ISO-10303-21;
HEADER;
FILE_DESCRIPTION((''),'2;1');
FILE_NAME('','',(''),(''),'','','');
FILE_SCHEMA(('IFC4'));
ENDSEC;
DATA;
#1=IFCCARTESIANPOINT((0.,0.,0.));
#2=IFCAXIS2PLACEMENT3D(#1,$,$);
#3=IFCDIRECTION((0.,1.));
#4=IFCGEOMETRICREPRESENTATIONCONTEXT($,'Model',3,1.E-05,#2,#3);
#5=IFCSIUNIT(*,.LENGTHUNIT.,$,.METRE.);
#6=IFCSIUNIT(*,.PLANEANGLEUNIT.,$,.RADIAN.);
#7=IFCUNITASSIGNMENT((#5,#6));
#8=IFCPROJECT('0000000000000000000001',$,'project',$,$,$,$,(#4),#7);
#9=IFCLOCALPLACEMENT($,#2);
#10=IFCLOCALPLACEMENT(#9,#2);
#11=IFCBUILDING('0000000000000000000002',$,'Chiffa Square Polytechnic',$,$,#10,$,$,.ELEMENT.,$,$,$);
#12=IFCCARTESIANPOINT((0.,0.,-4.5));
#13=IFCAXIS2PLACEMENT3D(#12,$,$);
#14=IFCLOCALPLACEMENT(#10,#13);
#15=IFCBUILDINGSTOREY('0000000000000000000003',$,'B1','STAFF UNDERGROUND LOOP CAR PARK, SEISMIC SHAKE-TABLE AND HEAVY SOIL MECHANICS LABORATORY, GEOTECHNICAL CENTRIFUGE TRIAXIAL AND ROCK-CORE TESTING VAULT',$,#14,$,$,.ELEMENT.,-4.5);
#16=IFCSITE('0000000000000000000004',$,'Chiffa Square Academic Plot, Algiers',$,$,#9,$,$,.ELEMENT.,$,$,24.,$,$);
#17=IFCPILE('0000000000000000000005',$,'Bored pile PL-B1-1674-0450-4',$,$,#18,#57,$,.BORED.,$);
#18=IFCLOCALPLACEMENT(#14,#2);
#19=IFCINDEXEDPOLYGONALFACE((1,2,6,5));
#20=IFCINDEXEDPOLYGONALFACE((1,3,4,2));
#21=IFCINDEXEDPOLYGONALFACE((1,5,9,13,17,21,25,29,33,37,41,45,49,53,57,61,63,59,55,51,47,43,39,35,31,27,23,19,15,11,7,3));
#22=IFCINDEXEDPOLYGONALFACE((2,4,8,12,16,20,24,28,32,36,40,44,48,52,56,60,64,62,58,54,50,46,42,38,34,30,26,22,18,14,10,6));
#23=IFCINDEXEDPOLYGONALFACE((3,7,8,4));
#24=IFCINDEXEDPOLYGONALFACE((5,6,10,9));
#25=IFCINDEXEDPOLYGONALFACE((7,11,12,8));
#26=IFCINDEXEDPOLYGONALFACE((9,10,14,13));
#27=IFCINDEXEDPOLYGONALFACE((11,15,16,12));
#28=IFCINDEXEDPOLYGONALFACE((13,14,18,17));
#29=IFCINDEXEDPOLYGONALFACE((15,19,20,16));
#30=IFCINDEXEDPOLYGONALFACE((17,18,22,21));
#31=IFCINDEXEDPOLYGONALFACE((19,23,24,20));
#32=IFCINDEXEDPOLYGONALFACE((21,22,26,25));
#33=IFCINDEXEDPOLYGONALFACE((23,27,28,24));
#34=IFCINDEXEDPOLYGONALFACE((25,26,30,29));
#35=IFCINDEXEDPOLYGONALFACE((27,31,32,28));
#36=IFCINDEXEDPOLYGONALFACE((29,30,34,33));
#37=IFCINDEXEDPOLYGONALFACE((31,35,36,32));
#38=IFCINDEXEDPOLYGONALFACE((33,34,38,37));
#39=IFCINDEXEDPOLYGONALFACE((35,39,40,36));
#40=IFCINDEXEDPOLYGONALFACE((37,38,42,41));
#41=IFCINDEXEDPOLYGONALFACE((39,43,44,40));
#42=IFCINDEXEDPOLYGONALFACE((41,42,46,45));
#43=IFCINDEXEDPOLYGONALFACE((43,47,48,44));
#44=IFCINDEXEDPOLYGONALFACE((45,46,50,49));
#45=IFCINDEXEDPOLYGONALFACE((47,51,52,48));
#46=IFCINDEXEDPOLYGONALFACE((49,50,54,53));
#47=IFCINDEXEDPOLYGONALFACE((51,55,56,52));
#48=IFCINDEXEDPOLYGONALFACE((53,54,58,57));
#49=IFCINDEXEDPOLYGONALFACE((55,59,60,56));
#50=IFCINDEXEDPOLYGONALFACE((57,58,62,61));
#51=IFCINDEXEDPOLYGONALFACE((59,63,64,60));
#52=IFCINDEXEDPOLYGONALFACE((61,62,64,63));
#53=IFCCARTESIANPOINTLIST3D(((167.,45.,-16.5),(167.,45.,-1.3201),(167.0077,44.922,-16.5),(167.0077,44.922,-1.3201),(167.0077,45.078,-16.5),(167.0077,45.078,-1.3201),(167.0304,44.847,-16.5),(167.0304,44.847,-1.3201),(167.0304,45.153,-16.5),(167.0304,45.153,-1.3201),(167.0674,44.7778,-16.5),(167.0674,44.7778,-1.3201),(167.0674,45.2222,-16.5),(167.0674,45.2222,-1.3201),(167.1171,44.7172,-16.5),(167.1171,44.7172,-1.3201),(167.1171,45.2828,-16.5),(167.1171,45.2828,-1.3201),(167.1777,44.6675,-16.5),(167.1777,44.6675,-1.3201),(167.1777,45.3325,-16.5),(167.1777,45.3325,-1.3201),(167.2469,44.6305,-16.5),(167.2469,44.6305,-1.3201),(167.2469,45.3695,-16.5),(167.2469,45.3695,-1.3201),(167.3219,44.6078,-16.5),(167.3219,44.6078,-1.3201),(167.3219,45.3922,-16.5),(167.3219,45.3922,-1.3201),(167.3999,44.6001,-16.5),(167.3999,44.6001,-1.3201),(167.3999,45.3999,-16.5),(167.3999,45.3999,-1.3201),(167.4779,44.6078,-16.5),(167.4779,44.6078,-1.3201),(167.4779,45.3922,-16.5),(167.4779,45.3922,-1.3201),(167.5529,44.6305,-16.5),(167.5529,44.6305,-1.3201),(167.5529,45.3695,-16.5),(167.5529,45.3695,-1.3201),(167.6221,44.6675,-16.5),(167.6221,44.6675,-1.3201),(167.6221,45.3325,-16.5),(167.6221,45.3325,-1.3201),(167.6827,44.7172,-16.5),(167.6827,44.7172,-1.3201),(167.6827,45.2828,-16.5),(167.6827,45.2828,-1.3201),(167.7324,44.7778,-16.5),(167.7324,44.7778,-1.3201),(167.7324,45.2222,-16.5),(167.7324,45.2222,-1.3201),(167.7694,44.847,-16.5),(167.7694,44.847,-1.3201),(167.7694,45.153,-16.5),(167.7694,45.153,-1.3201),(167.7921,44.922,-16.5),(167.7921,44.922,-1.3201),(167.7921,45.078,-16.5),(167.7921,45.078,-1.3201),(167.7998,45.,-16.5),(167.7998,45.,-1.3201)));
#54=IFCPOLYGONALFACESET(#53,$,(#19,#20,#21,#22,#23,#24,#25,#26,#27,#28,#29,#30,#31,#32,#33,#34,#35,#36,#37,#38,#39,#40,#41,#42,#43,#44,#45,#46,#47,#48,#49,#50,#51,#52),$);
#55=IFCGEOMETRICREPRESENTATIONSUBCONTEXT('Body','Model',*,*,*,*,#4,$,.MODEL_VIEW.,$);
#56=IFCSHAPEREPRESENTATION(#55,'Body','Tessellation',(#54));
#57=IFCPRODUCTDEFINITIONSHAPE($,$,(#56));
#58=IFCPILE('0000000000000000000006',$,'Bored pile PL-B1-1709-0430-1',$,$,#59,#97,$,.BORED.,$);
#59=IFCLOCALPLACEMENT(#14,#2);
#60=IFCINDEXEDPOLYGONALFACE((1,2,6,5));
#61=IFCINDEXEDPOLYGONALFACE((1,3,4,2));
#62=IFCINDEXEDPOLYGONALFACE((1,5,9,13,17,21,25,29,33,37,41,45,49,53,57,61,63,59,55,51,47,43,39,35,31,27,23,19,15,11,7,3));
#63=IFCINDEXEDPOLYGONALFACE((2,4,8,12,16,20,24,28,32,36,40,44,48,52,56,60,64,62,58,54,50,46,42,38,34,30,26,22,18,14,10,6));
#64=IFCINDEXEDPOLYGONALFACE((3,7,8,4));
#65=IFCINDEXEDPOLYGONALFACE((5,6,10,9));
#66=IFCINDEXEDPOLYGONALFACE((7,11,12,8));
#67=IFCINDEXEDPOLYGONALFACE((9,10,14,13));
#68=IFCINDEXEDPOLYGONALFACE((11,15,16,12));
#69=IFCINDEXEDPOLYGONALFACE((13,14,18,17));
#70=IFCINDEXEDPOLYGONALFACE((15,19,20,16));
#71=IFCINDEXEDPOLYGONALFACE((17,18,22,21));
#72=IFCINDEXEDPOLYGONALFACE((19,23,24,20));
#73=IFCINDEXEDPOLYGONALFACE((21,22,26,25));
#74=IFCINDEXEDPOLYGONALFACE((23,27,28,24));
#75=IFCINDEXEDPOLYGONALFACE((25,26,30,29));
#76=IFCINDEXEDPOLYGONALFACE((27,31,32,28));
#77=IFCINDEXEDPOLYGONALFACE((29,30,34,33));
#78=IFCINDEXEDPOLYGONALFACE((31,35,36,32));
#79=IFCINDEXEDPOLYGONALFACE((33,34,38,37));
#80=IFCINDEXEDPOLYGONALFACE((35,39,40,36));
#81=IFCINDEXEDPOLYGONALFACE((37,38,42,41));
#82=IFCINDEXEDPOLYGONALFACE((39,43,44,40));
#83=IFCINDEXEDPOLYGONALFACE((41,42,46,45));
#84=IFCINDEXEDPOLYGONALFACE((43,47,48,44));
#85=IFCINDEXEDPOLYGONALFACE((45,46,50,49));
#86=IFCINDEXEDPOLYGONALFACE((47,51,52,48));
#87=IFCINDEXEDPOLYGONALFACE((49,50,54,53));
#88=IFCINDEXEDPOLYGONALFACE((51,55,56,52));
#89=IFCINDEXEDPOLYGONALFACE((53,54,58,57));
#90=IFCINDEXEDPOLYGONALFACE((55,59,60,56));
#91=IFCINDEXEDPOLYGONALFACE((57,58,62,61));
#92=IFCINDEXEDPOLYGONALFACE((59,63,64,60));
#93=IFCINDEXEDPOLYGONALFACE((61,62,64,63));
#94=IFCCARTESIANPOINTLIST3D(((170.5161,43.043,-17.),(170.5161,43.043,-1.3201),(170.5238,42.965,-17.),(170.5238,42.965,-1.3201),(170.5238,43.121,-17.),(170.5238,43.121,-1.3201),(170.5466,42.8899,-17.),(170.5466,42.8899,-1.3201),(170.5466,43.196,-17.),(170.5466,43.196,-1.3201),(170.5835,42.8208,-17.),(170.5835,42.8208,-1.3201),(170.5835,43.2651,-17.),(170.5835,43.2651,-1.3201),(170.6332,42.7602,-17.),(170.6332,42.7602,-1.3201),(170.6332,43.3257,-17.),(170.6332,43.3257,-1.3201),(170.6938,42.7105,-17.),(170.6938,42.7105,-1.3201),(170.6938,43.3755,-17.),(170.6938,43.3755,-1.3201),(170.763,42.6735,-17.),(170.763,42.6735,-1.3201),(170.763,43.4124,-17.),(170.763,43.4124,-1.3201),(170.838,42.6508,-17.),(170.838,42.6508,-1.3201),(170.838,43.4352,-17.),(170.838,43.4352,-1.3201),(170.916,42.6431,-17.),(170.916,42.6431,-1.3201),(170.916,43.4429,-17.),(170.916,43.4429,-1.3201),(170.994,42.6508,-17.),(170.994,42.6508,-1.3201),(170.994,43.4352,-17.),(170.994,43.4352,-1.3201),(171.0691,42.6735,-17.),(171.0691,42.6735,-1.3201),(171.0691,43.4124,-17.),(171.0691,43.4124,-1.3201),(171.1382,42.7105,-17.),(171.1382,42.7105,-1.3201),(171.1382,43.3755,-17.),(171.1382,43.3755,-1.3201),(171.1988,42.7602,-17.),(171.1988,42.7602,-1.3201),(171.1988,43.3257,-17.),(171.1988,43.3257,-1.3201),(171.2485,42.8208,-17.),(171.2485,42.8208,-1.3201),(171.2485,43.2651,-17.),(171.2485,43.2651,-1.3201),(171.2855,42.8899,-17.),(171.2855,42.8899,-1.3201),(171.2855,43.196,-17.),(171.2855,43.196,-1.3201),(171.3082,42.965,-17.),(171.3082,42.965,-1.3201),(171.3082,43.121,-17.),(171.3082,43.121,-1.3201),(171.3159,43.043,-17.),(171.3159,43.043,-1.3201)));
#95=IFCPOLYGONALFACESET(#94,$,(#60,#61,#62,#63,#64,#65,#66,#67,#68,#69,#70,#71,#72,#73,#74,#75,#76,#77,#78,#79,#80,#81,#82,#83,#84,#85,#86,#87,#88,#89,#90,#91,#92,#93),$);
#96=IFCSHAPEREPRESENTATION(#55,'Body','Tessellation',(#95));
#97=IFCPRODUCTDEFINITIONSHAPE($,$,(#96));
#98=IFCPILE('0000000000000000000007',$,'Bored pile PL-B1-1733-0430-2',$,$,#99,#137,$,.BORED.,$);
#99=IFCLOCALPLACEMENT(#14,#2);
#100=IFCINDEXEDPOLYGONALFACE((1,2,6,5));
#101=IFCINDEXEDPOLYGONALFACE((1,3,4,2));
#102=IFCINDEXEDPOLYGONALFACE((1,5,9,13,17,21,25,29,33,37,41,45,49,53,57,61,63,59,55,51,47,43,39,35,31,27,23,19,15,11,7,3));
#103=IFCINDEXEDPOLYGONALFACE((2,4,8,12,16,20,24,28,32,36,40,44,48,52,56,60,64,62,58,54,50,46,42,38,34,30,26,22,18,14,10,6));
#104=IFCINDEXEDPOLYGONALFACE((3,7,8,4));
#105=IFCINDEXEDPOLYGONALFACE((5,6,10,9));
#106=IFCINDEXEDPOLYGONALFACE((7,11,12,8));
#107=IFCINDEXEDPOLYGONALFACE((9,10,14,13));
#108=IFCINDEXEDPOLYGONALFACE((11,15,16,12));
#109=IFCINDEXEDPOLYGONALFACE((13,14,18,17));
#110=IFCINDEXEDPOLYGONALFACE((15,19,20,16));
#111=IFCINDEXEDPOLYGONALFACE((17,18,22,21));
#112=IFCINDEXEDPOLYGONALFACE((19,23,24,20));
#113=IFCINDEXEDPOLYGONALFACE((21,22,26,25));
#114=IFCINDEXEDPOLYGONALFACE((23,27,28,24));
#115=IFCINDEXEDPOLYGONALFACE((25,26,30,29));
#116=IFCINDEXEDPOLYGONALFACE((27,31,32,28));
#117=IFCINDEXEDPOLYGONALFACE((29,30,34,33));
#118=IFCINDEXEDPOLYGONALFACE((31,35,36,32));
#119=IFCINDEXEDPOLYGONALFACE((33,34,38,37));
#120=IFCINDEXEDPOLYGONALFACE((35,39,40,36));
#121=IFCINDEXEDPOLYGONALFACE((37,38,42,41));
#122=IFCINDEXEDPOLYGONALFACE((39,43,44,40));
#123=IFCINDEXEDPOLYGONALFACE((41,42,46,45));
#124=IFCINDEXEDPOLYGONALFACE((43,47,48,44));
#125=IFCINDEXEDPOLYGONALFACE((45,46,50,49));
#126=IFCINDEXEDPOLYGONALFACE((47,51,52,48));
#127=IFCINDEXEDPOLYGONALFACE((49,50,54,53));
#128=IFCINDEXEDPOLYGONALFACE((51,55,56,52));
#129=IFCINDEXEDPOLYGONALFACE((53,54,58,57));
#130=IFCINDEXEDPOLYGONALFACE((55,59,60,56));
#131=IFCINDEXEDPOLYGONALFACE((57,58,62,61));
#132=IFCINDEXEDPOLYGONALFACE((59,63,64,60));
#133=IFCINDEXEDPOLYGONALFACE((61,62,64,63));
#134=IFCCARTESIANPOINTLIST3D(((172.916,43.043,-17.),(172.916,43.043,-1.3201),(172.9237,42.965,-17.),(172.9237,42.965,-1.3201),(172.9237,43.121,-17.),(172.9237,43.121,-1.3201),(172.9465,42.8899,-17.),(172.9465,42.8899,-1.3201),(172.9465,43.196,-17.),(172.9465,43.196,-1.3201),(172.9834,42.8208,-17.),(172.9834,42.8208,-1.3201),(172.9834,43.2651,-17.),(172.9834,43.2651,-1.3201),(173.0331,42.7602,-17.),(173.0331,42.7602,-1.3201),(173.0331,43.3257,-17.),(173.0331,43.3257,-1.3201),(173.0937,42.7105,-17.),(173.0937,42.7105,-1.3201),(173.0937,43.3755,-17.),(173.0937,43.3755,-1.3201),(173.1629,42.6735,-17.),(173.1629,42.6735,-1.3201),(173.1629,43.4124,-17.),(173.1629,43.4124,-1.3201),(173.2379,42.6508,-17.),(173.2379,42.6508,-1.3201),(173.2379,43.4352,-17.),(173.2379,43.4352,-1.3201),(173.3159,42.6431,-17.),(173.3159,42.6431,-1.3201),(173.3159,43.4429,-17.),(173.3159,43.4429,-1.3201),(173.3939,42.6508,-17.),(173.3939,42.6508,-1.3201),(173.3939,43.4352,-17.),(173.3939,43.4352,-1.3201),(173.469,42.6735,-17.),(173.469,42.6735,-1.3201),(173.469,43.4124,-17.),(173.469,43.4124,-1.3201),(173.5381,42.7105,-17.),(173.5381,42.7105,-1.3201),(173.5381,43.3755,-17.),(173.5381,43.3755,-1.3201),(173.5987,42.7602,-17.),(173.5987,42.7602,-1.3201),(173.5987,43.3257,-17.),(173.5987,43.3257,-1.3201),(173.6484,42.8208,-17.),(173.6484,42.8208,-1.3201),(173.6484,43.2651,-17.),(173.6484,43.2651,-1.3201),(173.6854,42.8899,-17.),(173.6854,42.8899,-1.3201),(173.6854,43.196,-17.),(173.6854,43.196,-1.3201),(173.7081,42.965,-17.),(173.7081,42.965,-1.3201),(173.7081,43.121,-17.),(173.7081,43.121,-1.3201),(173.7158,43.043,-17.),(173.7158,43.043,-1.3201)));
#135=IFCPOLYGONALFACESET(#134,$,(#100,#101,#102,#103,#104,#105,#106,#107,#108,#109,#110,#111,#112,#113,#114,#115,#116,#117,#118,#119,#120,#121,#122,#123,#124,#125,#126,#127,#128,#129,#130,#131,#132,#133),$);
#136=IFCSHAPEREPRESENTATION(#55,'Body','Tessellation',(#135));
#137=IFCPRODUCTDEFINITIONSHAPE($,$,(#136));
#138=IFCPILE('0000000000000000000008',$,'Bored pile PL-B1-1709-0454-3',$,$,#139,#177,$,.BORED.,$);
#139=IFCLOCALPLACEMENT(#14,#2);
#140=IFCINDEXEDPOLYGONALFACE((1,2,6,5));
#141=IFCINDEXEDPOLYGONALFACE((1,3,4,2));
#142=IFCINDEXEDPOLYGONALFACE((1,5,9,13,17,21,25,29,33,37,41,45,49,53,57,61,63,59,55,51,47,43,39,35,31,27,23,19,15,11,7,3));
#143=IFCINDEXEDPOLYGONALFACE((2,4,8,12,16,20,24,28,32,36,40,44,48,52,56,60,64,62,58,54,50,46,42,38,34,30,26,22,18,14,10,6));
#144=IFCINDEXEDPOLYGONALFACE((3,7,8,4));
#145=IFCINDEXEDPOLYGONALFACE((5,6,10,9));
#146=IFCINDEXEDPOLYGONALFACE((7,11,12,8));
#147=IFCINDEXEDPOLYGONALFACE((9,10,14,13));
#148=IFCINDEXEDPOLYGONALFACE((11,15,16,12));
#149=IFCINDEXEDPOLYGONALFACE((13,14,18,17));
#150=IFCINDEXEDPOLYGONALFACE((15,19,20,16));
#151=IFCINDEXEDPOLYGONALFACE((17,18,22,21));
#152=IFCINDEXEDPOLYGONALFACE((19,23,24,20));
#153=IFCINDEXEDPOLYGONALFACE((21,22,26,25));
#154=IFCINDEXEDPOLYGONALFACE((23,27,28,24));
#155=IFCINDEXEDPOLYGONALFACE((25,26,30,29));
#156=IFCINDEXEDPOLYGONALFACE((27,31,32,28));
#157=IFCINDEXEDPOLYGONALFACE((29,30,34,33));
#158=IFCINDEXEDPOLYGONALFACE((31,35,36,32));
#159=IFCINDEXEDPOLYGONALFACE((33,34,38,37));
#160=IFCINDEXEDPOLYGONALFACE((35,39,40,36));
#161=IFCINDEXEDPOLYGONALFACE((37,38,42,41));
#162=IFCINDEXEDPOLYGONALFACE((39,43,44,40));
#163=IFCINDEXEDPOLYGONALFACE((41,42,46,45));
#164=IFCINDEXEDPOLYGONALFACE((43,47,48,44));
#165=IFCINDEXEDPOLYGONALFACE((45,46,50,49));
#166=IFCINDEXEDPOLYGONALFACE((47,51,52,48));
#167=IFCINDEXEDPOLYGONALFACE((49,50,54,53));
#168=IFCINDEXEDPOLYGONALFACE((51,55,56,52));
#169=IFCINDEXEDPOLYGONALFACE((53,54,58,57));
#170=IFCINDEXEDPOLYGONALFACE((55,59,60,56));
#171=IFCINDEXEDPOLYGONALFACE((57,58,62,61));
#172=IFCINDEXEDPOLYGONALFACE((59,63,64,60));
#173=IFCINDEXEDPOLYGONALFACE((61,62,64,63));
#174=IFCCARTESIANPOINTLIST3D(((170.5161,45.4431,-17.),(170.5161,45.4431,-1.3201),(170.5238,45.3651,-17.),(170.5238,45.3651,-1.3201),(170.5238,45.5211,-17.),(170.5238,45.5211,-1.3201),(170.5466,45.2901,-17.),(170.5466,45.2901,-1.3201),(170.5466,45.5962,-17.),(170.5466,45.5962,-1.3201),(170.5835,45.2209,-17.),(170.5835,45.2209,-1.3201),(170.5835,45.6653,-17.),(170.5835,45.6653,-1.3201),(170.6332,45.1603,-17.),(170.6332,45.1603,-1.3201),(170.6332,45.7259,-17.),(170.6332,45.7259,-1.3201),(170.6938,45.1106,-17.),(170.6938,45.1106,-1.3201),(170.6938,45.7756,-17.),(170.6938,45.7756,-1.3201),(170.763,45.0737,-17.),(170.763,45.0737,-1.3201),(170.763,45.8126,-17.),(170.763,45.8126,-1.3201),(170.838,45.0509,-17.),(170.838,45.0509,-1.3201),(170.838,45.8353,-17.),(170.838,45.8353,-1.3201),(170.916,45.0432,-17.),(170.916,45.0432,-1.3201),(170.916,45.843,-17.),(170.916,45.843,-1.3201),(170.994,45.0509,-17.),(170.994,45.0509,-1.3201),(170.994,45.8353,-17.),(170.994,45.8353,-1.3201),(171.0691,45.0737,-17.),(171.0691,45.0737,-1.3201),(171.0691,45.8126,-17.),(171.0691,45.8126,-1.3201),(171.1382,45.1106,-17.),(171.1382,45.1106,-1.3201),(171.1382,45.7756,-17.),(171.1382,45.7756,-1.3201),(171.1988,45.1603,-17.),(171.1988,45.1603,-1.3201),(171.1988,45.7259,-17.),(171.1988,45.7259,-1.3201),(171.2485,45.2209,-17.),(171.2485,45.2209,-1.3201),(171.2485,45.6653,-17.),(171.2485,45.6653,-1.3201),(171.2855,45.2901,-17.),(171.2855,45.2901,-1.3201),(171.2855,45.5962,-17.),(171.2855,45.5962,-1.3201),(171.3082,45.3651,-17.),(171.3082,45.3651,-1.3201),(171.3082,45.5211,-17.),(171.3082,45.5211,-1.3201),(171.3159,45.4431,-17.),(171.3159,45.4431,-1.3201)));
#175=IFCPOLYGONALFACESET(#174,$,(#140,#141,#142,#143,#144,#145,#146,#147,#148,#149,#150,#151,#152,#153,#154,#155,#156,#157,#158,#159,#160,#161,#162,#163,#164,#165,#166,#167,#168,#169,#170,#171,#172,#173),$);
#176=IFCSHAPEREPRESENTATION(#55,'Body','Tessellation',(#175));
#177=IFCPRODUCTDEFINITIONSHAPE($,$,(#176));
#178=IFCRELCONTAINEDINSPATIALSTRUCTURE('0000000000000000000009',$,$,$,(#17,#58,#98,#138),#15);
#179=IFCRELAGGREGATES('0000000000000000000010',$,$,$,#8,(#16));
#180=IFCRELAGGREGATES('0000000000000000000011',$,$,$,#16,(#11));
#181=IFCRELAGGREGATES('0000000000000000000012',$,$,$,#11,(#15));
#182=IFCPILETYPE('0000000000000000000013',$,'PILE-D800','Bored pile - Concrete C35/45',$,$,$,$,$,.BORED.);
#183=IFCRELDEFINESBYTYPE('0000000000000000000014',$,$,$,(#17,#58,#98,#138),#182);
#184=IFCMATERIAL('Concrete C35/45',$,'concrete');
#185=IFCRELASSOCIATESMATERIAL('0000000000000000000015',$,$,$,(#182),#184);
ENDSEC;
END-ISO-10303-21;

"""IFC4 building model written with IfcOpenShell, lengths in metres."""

from ifc_helpers import new_model, si_unit, direction, frame, origin, origin_2d, place, context, subcontext, project, spatial, circle, extrude, material, material_profile, profile_set, type_object, element, save


model = new_model("IFC4")

# Units and contexts
model_context = context("Model", 3, precision=1e-05, world=origin(), true_north=direction((0.0, 1.0)))
body_context = subcontext(model_context, "Body", "Model", "MODEL_VIEW")
ifc_project = project(units=[si_unit("LENGTHUNIT", "METRE"), si_unit("PLANEANGLEUNIT", "RADIAN")], contexts=[model_context])

# Site, building, storey
site_placement = place(None, origin())
site = spatial("IfcSite", under=ifc_project, at=site_placement, Name="Chiffa Square Academic Plot, Algiers", CompositionType="ELEMENT", RefElevation=24.0)
building_placement = place(site_placement, origin())
building = spatial("IfcBuilding", under=site, at=building_placement, Name="Chiffa Square Polytechnic", CompositionType="ELEMENT")
storey_placement = place(building_placement, frame((0.0, 0.0, -4.5)))
storey = spatial("IfcBuildingStorey", under=building, at=storey_placement, Name="B1", Description="STAFF UNDERGROUND LOOP CAR PARK, SEISMIC SHAKE-TABLE AND HEAVY SOIL MECHANICS LABORATORY, GEOTECHNICAL CENTRIFUGE TRIAXIAL AND ROCK-CORE TESTING VAULT", CompositionType="ELEMENT", Elevation=-4.5)

# Shared definitions
ifc_material_1 = material(Name="Concrete C35/45", Category="concrete")

# Piles
ifc_material_profile_1 = material_profile(ifc_material_1, circle(Radius=0.3999, at=origin_2d()), Name="PILE D800")
ifc_profile_set_1 = profile_set([ifc_material_profile_1], Name="Concrete C35/45")
pile_type_1 = type_object("IfcPileType", Name="PILE-D800", Description="Bored pile - Concrete C35/45", PredefinedType="BORED", material=ifc_profile_set_1)
for number, where, z_axis, x_axis, name in (
    (1, (167.3999, 45.0, -1.3201), (0.0, 0.0, -1.0), (1.0, 0.0, 0.0), "Bored pile PL-B1-1674-0450-4"),
):
    element("IfcPile", number, at=place(storey_placement, frame(where, z_axis=z_axis, x_axis=x_axis)), inside=storey, type_object=pile_type_1, Name=name, PredefinedType="BORED", context=body_context, shape_type="SweptSolid", body=[
        extrude(circle(Radius=0.3999, at=origin_2d()), origin(), (0.0, 0.0, 1.0), 15.1799),
    ])
for number, where, z_axis, x_axis, name in (
    (2, (170.916, 43.043, -1.3201), (0.0, 0.0, -1.0), (1.0, 0.0, 0.0), "Bored pile PL-B1-1709-0430-1"),
    (3, (173.3159, 43.043, -1.3201), (0.0, 0.0, -1.0), (1.0, 0.0, 0.0), "Bored pile PL-B1-1733-0430-2"),
    (4, (170.916, 45.4431, -1.3201), (0.0, 0.0, -1.0), (1.0, 0.0, 0.0), "Bored pile PL-B1-1709-0454-3"),
):
    element("IfcPile", number, at=place(storey_placement, frame(where, z_axis=z_axis, x_axis=x_axis)), inside=storey, type_object=pile_type_1, Name=name, PredefinedType="BORED", context=body_context, shape_type="SweptSolid", body=[
        extrude(circle(Radius=0.3999, at=origin_2d()), origin(), (0.0, 0.0, 1.0), 15.6799),
    ])

save(model, "model.ifc")
